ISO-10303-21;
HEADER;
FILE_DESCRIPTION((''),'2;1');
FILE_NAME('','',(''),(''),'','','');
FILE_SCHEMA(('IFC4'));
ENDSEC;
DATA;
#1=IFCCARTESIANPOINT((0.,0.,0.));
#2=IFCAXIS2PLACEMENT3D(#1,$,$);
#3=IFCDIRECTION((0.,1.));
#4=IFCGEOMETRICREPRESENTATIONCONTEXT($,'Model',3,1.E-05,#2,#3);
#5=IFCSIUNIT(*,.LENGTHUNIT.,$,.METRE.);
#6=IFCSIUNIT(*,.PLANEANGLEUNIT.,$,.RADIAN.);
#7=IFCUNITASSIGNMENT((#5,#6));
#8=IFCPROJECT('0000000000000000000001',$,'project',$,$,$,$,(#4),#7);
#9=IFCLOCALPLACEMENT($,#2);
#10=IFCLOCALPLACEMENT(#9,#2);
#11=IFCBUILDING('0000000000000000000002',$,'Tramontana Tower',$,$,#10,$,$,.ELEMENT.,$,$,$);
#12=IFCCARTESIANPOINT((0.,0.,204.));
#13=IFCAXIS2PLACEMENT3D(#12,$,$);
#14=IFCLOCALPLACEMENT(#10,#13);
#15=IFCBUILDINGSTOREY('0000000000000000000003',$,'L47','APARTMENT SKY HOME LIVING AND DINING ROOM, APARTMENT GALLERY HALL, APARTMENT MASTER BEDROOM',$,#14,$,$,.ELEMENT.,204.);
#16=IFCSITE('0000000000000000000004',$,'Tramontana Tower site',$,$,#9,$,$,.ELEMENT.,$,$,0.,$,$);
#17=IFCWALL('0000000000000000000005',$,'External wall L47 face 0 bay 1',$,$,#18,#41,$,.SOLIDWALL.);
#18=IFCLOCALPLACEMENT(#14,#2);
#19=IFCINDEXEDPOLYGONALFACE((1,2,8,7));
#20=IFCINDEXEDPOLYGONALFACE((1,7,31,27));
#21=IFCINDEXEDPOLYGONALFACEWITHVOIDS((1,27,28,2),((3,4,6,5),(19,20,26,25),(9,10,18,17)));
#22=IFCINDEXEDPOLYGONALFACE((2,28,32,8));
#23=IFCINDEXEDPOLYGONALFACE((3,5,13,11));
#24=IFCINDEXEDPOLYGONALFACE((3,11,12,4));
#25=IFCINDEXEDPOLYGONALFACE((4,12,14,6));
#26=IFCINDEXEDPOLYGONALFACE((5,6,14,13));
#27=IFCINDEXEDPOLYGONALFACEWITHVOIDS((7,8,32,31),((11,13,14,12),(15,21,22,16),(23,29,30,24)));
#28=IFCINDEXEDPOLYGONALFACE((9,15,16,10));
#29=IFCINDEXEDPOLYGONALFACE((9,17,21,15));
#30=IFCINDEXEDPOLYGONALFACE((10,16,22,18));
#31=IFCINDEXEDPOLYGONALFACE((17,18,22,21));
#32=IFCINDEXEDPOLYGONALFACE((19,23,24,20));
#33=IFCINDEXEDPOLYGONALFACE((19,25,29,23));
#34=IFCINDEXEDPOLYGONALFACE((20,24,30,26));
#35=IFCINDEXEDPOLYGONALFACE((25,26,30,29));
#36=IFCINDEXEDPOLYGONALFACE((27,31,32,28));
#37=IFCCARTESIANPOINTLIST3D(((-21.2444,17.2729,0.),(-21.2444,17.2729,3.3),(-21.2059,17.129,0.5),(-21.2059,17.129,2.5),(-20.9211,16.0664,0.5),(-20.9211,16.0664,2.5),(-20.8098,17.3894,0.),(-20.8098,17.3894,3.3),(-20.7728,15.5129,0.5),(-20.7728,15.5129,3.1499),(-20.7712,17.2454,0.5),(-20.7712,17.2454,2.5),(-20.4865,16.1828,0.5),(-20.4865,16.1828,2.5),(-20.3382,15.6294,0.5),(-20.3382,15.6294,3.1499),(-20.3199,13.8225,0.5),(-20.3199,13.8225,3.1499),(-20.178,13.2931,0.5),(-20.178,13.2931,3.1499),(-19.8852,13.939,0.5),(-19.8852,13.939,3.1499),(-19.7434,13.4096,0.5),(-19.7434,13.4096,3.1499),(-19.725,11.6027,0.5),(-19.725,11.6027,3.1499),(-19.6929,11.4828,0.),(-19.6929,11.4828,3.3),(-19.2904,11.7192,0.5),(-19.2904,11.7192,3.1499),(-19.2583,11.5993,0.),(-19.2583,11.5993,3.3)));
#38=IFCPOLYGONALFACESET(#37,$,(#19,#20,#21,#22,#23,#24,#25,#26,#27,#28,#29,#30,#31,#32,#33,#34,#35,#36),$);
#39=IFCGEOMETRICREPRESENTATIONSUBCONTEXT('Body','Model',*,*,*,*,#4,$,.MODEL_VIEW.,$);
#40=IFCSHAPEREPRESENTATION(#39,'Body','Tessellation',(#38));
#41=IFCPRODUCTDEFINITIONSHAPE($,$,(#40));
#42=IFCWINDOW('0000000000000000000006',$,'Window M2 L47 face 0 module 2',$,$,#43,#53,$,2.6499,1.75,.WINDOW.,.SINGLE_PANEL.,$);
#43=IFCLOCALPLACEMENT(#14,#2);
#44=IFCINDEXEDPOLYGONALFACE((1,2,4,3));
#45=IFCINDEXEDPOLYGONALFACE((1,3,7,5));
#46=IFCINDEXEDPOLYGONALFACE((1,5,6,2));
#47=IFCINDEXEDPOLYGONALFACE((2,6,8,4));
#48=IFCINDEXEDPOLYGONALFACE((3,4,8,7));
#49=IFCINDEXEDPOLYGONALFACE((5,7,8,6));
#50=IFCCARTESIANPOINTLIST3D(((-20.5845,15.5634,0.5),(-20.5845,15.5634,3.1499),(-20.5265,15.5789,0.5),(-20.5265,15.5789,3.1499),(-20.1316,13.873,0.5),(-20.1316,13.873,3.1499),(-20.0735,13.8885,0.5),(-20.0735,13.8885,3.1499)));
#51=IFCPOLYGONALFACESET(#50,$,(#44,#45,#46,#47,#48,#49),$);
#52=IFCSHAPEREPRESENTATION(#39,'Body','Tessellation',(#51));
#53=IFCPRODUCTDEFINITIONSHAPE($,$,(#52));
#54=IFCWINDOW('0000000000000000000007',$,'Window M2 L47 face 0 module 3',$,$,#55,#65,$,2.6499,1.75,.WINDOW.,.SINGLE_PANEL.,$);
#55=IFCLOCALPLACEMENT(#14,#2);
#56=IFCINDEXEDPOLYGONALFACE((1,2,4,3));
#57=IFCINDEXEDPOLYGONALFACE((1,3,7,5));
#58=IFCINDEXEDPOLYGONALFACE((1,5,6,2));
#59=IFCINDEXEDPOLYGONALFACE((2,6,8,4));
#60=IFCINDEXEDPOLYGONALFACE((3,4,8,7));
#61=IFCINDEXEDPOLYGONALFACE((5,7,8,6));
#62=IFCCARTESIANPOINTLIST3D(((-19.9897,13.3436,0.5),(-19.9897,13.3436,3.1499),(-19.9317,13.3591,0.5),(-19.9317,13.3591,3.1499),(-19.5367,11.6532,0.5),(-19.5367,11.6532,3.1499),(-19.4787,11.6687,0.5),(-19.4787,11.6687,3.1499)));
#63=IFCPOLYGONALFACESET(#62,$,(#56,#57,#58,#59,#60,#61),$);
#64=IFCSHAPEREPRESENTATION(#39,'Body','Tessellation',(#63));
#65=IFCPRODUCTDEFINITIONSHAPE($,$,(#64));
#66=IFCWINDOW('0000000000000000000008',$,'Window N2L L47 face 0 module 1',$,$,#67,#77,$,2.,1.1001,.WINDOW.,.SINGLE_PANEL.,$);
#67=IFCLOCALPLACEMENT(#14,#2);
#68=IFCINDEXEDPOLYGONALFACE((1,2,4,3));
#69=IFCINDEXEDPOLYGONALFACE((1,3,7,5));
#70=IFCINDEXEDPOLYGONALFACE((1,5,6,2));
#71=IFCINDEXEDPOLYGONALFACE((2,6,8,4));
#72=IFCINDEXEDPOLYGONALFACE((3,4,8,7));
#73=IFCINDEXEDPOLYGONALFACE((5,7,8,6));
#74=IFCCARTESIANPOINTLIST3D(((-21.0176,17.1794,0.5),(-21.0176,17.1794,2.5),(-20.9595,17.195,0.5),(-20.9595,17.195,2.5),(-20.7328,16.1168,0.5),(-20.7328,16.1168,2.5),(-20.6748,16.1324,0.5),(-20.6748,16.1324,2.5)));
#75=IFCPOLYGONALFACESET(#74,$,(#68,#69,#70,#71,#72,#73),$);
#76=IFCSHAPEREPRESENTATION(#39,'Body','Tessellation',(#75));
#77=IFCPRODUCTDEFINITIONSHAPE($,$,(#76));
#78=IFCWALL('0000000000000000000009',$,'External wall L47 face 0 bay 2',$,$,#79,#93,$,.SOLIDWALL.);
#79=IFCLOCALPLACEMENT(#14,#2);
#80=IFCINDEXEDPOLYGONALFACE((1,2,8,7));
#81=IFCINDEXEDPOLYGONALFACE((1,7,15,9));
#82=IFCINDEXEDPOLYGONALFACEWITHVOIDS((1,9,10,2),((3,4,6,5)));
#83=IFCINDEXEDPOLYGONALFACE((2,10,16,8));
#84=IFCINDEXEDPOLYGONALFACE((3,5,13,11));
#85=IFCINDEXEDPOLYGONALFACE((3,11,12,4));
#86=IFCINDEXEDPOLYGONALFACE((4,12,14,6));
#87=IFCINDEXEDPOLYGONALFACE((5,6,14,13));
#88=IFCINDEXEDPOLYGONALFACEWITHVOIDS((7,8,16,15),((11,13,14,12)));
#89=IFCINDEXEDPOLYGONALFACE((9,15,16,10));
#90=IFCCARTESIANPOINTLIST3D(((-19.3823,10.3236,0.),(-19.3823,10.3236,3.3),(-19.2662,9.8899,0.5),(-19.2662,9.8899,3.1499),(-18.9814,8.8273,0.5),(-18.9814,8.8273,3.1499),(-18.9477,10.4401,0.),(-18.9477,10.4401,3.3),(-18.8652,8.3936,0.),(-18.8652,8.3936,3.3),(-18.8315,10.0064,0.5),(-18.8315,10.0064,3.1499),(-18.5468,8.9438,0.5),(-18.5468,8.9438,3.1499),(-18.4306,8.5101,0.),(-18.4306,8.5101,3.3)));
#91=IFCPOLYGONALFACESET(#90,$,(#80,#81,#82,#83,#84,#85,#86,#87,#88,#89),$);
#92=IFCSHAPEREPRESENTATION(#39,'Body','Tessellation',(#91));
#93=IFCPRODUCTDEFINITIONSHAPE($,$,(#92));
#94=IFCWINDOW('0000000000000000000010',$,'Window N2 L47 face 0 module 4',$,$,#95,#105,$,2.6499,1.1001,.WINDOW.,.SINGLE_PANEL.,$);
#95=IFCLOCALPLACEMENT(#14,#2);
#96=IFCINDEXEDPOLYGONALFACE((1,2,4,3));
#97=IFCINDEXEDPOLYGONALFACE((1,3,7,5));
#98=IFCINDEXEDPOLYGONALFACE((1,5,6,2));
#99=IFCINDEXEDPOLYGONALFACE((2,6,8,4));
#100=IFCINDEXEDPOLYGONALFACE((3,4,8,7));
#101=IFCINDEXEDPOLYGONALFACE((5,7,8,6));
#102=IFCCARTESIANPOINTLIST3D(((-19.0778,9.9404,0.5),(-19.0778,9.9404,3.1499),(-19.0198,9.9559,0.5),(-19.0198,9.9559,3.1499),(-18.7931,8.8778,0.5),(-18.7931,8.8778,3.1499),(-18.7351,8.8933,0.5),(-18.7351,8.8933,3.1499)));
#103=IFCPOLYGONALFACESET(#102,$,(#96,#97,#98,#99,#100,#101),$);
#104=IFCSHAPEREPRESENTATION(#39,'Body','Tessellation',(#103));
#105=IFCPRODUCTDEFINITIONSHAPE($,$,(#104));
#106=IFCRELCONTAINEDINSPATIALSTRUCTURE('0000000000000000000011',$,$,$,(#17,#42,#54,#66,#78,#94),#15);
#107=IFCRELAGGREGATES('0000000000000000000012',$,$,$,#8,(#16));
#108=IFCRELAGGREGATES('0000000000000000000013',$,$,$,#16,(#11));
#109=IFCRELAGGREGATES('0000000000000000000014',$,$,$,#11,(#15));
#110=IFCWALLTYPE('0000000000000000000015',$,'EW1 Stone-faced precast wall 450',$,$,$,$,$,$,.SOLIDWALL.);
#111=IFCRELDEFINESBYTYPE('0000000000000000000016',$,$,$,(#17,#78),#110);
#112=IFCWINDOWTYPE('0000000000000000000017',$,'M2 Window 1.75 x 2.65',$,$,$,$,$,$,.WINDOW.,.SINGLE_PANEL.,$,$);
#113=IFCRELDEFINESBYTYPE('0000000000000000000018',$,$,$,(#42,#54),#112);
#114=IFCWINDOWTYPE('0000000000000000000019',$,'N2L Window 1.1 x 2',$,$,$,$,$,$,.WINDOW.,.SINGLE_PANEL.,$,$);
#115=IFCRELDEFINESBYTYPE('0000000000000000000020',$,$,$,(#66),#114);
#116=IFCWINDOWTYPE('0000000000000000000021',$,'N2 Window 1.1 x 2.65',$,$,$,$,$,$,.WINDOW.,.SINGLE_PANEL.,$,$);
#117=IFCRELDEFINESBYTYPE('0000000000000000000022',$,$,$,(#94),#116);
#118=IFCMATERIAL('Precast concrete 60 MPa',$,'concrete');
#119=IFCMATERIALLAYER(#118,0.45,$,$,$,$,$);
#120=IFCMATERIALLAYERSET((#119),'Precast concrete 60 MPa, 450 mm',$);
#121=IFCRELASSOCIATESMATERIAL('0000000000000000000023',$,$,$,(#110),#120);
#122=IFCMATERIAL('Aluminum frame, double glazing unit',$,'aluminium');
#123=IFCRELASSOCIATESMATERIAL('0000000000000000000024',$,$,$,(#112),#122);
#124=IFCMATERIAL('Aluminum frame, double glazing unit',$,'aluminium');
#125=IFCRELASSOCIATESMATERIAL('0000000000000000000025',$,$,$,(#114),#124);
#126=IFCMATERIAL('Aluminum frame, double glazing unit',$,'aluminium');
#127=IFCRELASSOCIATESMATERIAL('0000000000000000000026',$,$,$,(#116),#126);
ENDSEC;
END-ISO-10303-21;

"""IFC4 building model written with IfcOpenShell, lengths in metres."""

from ifc_helpers import new_model, si_unit, direction, frame, frame_2d, origin, place, context, subcontext, project, spatial, rectangle, extrude, material, layer, layer_set, type_object, element, fill, save


model = new_model("IFC4")

# Units and contexts
model_context = context("Model", 3, precision=1e-05, world=origin(), true_north=direction((0.0, 1.0)))
body_context = subcontext(model_context, "Body", "Model", "MODEL_VIEW")
ifc_project = project(units=[si_unit("LENGTHUNIT", "METRE"), si_unit("PLANEANGLEUNIT", "RADIAN")], contexts=[model_context])

# Site, building, storey
site_placement = place(None, origin())
site = spatial("IfcSite", under=ifc_project, at=site_placement, Name="Tramontana Tower site", CompositionType="ELEMENT", RefElevation=0.0)
building_placement = place(site_placement, origin())
building = spatial("IfcBuilding", under=site, at=building_placement, Name="Tramontana Tower", CompositionType="ELEMENT")
storey_placement = place(building_placement, frame((0.0, 0.0, 204.0)))
storey = spatial("IfcBuildingStorey", under=building, at=storey_placement, Name="L47", Description="APARTMENT SKY HOME LIVING AND DINING ROOM, APARTMENT GALLERY HALL, APARTMENT MASTER BEDROOM", CompositionType="ELEMENT", Elevation=204.0)

# Wall, openings, windows
ifc_material_1 = material(Name="Precast concrete 60 MPa", Category="concrete")
ifc_layer_1 = layer(ifc_material_1, 0.45)
ifc_layer_set_1 = layer_set([ifc_layer_1], Name="Precast concrete 60 MPa, 450 mm")
wall_type_1 = type_object("IfcWallType", Name="EW1 Stone-faced precast wall 450", PredefinedType="SOLIDWALL", material=ifc_layer_set_1)
wall_1_placement = place(storey_placement, frame((-21.0271, 17.3311, 0.0), z_axis=(0.0, 0.0, 1.0), x_axis=(0.258831, -0.965923, 0.0)))
wall_1 = element("IfcWall", 1, at=wall_1_placement, inside=storey, type_object=wall_type_1, Name="External wall L47 face 0 bay 1", PredefinedType="SOLIDWALL", context=body_context, shape_type="SweptSolid", body=[
    extrude(rectangle(XDim=5.9944, YDim=0.45, at=frame_2d((2.9971, 0.0))), origin(), (0.0, 0.0, 1.0), 3.3),
])
opening_1_placement = place(wall_1_placement, frame((0.1489, 0.0, 0.5)))
opening_1 = element("IfcOpeningElement", 2, at=opening_1_placement, cuts=wall_1, PredefinedType="OPENING", context=body_context, shape_type="SweptSolid", body=[
    extrude(rectangle(XDim=1.1001, YDim=2.0, at=frame_2d((0.55, 1.0))), frame((0.0, 0.2349, 0.0), z_axis=(0.0, -1.0, 0.0), x_axis=(1.0, 0.0, 0.0)), (0.0, 0.0, 1.0), 0.47),
])
opening_2_placement = place(wall_1_placement, frame((1.822, 0.0, 0.5)))
opening_2 = element("IfcOpeningElement", 3, at=opening_2_placement, cuts=wall_1, PredefinedType="OPENING", context=body_context, shape_type="SweptSolid", body=[
    extrude(rectangle(XDim=1.75, YDim=2.6499, at=frame_2d((0.875, 1.325))), frame((0.0, 0.2349, 0.0), z_axis=(0.0, -1.0, 0.0), x_axis=(1.0, 0.0, 0.0)), (0.0, 0.0, 1.0), 0.47),
])
opening_3_placement = place(wall_1_placement, frame((4.1201, 0.0, 0.5)))
opening_3 = element("IfcOpeningElement", 4, at=opening_3_placement, cuts=wall_1, PredefinedType="OPENING", context=body_context, shape_type="SweptSolid", body=[
    extrude(rectangle(XDim=1.75, YDim=2.6499, at=frame_2d((0.875, 1.325))), frame((0.0, 0.2349, 0.0), z_axis=(0.0, -1.0, 0.0), x_axis=(1.0, 0.0, 0.0)), (0.0, 0.0, 1.0), 0.47),
])
ifc_material_2 = material(Name="Aluminum frame, double glazing unit", Category="aluminium")
window_type_1 = type_object("IfcWindowType", Name="M2 Window 1.75 x 2.65", PartitioningType="SINGLE_PANEL", PredefinedType="WINDOW", material=ifc_material_2)
window_1_placement = place(opening_2_placement, origin())
window_1 = element("IfcWindow", 5, at=window_1_placement, inside=storey, type_object=window_type_1, Name="Window M2 L47 face 0 module 2", OverallHeight=2.6499, OverallWidth=1.75, PartitioningType="SINGLE_PANEL", PredefinedType="WINDOW", context=body_context, shape_type="SweptSolid", body=[
    extrude(rectangle(XDim=1.75, YDim=2.6499, at=frame_2d((0.875, 1.325))), frame((0.0, 0.03, 0.0), z_axis=(0.0, -1.0, 0.0), x_axis=(1.0, 0.0, 0.0)), (0.0, 0.0, 1.0), 0.0601),
])
fill(opening_2, window_1)
window_2_placement = place(opening_3_placement, origin())
window_2 = element("IfcWindow", 6, at=window_2_placement, inside=storey, type_object=window_type_1, Name="Window M2 L47 face 0 module 3", OverallHeight=2.6499, OverallWidth=1.75, PartitioningType="SINGLE_PANEL", PredefinedType="WINDOW", context=body_context, shape_type="SweptSolid", body=[
    extrude(rectangle(XDim=1.75, YDim=2.6499, at=frame_2d((0.875, 1.325))), frame((0.0, 0.03, 0.0), z_axis=(0.0, -1.0, 0.0), x_axis=(1.0, 0.0, 0.0)), (0.0, 0.0, 1.0), 0.0601),
])
fill(opening_3, window_2)
ifc_material_3 = material(Name="Aluminum frame, double glazing unit", Category="aluminium")
window_type_2 = type_object("IfcWindowType", Name="N2L Window 1.1 x 2", PartitioningType="SINGLE_PANEL", PredefinedType="WINDOW", material=ifc_material_3)
window_3_placement = place(opening_1_placement, origin())
window_3 = element("IfcWindow", 7, at=window_3_placement, inside=storey, type_object=window_type_2, Name="Window N2L L47 face 0 module 1", OverallHeight=2.0, OverallWidth=1.1001, PartitioningType="SINGLE_PANEL", PredefinedType="WINDOW", context=body_context, shape_type="SweptSolid", body=[
    extrude(rectangle(XDim=1.1001, YDim=2.0, at=frame_2d((0.55, 1.0))), frame((0.0, 0.03, 0.0), z_axis=(0.0, -1.0, 0.0), x_axis=(1.0, 0.0, 0.0)), (0.0, 0.0, 1.0), 0.0601),
])
fill(opening_1, window_3)

# Wall, opening, window
wall_2_placement = place(storey_placement, frame((-19.165, 10.3818, 0.0), z_axis=(0.0, 0.0, 1.0), x_axis=(0.258803, -0.96593, 0.0)))
wall_2 = element("IfcWall", 8, at=wall_2_placement, inside=storey, type_object=wall_type_1, Name="External wall L47 face 0 bay 2", PredefinedType="SOLIDWALL", context=body_context, shape_type="SweptSolid", body=[
    extrude(rectangle(XDim=1.998, YDim=0.45, at=frame_2d((0.999, 0.0))), origin(), (0.0, 0.0, 1.0), 3.3),
])
opening_4_placement = place(wall_2_placement, frame((0.449, 0.0, 0.5)))
opening_4 = element("IfcOpeningElement", 9, at=opening_4_placement, cuts=wall_2, PredefinedType="OPENING", context=body_context, shape_type="SweptSolid", body=[
    extrude(rectangle(XDim=1.1001, YDim=2.6499, at=frame_2d((0.55, 1.325))), frame((0.0, 0.2349, 0.0), z_axis=(0.0, -1.0, 0.0), x_axis=(1.0, 0.0, 0.0)), (0.0, 0.0, 1.0), 0.47),
])
ifc_material_4 = material(Name="Aluminum frame, double glazing unit", Category="aluminium")
window_type_3 = type_object("IfcWindowType", Name="N2 Window 1.1 x 2.65", PartitioningType="SINGLE_PANEL", PredefinedType="WINDOW", material=ifc_material_4)
window_4_placement = place(opening_4_placement, origin())
window_4 = element("IfcWindow", 10, at=window_4_placement, inside=storey, type_object=window_type_3, Name="Window N2 L47 face 0 module 4", OverallHeight=2.6499, OverallWidth=1.1001, PartitioningType="SINGLE_PANEL", PredefinedType="WINDOW", context=body_context, shape_type="SweptSolid", body=[
    extrude(rectangle(XDim=1.1001, YDim=2.6499, at=frame_2d((0.55, 1.325))), frame((0.0, 0.03, 0.0), z_axis=(0.0, -1.0, 0.0), x_axis=(1.0, 0.0, 0.0)), (0.0, 0.0, 1.0), 0.0601),
])
fill(opening_4, window_4)

save(model, "model.ifc")
